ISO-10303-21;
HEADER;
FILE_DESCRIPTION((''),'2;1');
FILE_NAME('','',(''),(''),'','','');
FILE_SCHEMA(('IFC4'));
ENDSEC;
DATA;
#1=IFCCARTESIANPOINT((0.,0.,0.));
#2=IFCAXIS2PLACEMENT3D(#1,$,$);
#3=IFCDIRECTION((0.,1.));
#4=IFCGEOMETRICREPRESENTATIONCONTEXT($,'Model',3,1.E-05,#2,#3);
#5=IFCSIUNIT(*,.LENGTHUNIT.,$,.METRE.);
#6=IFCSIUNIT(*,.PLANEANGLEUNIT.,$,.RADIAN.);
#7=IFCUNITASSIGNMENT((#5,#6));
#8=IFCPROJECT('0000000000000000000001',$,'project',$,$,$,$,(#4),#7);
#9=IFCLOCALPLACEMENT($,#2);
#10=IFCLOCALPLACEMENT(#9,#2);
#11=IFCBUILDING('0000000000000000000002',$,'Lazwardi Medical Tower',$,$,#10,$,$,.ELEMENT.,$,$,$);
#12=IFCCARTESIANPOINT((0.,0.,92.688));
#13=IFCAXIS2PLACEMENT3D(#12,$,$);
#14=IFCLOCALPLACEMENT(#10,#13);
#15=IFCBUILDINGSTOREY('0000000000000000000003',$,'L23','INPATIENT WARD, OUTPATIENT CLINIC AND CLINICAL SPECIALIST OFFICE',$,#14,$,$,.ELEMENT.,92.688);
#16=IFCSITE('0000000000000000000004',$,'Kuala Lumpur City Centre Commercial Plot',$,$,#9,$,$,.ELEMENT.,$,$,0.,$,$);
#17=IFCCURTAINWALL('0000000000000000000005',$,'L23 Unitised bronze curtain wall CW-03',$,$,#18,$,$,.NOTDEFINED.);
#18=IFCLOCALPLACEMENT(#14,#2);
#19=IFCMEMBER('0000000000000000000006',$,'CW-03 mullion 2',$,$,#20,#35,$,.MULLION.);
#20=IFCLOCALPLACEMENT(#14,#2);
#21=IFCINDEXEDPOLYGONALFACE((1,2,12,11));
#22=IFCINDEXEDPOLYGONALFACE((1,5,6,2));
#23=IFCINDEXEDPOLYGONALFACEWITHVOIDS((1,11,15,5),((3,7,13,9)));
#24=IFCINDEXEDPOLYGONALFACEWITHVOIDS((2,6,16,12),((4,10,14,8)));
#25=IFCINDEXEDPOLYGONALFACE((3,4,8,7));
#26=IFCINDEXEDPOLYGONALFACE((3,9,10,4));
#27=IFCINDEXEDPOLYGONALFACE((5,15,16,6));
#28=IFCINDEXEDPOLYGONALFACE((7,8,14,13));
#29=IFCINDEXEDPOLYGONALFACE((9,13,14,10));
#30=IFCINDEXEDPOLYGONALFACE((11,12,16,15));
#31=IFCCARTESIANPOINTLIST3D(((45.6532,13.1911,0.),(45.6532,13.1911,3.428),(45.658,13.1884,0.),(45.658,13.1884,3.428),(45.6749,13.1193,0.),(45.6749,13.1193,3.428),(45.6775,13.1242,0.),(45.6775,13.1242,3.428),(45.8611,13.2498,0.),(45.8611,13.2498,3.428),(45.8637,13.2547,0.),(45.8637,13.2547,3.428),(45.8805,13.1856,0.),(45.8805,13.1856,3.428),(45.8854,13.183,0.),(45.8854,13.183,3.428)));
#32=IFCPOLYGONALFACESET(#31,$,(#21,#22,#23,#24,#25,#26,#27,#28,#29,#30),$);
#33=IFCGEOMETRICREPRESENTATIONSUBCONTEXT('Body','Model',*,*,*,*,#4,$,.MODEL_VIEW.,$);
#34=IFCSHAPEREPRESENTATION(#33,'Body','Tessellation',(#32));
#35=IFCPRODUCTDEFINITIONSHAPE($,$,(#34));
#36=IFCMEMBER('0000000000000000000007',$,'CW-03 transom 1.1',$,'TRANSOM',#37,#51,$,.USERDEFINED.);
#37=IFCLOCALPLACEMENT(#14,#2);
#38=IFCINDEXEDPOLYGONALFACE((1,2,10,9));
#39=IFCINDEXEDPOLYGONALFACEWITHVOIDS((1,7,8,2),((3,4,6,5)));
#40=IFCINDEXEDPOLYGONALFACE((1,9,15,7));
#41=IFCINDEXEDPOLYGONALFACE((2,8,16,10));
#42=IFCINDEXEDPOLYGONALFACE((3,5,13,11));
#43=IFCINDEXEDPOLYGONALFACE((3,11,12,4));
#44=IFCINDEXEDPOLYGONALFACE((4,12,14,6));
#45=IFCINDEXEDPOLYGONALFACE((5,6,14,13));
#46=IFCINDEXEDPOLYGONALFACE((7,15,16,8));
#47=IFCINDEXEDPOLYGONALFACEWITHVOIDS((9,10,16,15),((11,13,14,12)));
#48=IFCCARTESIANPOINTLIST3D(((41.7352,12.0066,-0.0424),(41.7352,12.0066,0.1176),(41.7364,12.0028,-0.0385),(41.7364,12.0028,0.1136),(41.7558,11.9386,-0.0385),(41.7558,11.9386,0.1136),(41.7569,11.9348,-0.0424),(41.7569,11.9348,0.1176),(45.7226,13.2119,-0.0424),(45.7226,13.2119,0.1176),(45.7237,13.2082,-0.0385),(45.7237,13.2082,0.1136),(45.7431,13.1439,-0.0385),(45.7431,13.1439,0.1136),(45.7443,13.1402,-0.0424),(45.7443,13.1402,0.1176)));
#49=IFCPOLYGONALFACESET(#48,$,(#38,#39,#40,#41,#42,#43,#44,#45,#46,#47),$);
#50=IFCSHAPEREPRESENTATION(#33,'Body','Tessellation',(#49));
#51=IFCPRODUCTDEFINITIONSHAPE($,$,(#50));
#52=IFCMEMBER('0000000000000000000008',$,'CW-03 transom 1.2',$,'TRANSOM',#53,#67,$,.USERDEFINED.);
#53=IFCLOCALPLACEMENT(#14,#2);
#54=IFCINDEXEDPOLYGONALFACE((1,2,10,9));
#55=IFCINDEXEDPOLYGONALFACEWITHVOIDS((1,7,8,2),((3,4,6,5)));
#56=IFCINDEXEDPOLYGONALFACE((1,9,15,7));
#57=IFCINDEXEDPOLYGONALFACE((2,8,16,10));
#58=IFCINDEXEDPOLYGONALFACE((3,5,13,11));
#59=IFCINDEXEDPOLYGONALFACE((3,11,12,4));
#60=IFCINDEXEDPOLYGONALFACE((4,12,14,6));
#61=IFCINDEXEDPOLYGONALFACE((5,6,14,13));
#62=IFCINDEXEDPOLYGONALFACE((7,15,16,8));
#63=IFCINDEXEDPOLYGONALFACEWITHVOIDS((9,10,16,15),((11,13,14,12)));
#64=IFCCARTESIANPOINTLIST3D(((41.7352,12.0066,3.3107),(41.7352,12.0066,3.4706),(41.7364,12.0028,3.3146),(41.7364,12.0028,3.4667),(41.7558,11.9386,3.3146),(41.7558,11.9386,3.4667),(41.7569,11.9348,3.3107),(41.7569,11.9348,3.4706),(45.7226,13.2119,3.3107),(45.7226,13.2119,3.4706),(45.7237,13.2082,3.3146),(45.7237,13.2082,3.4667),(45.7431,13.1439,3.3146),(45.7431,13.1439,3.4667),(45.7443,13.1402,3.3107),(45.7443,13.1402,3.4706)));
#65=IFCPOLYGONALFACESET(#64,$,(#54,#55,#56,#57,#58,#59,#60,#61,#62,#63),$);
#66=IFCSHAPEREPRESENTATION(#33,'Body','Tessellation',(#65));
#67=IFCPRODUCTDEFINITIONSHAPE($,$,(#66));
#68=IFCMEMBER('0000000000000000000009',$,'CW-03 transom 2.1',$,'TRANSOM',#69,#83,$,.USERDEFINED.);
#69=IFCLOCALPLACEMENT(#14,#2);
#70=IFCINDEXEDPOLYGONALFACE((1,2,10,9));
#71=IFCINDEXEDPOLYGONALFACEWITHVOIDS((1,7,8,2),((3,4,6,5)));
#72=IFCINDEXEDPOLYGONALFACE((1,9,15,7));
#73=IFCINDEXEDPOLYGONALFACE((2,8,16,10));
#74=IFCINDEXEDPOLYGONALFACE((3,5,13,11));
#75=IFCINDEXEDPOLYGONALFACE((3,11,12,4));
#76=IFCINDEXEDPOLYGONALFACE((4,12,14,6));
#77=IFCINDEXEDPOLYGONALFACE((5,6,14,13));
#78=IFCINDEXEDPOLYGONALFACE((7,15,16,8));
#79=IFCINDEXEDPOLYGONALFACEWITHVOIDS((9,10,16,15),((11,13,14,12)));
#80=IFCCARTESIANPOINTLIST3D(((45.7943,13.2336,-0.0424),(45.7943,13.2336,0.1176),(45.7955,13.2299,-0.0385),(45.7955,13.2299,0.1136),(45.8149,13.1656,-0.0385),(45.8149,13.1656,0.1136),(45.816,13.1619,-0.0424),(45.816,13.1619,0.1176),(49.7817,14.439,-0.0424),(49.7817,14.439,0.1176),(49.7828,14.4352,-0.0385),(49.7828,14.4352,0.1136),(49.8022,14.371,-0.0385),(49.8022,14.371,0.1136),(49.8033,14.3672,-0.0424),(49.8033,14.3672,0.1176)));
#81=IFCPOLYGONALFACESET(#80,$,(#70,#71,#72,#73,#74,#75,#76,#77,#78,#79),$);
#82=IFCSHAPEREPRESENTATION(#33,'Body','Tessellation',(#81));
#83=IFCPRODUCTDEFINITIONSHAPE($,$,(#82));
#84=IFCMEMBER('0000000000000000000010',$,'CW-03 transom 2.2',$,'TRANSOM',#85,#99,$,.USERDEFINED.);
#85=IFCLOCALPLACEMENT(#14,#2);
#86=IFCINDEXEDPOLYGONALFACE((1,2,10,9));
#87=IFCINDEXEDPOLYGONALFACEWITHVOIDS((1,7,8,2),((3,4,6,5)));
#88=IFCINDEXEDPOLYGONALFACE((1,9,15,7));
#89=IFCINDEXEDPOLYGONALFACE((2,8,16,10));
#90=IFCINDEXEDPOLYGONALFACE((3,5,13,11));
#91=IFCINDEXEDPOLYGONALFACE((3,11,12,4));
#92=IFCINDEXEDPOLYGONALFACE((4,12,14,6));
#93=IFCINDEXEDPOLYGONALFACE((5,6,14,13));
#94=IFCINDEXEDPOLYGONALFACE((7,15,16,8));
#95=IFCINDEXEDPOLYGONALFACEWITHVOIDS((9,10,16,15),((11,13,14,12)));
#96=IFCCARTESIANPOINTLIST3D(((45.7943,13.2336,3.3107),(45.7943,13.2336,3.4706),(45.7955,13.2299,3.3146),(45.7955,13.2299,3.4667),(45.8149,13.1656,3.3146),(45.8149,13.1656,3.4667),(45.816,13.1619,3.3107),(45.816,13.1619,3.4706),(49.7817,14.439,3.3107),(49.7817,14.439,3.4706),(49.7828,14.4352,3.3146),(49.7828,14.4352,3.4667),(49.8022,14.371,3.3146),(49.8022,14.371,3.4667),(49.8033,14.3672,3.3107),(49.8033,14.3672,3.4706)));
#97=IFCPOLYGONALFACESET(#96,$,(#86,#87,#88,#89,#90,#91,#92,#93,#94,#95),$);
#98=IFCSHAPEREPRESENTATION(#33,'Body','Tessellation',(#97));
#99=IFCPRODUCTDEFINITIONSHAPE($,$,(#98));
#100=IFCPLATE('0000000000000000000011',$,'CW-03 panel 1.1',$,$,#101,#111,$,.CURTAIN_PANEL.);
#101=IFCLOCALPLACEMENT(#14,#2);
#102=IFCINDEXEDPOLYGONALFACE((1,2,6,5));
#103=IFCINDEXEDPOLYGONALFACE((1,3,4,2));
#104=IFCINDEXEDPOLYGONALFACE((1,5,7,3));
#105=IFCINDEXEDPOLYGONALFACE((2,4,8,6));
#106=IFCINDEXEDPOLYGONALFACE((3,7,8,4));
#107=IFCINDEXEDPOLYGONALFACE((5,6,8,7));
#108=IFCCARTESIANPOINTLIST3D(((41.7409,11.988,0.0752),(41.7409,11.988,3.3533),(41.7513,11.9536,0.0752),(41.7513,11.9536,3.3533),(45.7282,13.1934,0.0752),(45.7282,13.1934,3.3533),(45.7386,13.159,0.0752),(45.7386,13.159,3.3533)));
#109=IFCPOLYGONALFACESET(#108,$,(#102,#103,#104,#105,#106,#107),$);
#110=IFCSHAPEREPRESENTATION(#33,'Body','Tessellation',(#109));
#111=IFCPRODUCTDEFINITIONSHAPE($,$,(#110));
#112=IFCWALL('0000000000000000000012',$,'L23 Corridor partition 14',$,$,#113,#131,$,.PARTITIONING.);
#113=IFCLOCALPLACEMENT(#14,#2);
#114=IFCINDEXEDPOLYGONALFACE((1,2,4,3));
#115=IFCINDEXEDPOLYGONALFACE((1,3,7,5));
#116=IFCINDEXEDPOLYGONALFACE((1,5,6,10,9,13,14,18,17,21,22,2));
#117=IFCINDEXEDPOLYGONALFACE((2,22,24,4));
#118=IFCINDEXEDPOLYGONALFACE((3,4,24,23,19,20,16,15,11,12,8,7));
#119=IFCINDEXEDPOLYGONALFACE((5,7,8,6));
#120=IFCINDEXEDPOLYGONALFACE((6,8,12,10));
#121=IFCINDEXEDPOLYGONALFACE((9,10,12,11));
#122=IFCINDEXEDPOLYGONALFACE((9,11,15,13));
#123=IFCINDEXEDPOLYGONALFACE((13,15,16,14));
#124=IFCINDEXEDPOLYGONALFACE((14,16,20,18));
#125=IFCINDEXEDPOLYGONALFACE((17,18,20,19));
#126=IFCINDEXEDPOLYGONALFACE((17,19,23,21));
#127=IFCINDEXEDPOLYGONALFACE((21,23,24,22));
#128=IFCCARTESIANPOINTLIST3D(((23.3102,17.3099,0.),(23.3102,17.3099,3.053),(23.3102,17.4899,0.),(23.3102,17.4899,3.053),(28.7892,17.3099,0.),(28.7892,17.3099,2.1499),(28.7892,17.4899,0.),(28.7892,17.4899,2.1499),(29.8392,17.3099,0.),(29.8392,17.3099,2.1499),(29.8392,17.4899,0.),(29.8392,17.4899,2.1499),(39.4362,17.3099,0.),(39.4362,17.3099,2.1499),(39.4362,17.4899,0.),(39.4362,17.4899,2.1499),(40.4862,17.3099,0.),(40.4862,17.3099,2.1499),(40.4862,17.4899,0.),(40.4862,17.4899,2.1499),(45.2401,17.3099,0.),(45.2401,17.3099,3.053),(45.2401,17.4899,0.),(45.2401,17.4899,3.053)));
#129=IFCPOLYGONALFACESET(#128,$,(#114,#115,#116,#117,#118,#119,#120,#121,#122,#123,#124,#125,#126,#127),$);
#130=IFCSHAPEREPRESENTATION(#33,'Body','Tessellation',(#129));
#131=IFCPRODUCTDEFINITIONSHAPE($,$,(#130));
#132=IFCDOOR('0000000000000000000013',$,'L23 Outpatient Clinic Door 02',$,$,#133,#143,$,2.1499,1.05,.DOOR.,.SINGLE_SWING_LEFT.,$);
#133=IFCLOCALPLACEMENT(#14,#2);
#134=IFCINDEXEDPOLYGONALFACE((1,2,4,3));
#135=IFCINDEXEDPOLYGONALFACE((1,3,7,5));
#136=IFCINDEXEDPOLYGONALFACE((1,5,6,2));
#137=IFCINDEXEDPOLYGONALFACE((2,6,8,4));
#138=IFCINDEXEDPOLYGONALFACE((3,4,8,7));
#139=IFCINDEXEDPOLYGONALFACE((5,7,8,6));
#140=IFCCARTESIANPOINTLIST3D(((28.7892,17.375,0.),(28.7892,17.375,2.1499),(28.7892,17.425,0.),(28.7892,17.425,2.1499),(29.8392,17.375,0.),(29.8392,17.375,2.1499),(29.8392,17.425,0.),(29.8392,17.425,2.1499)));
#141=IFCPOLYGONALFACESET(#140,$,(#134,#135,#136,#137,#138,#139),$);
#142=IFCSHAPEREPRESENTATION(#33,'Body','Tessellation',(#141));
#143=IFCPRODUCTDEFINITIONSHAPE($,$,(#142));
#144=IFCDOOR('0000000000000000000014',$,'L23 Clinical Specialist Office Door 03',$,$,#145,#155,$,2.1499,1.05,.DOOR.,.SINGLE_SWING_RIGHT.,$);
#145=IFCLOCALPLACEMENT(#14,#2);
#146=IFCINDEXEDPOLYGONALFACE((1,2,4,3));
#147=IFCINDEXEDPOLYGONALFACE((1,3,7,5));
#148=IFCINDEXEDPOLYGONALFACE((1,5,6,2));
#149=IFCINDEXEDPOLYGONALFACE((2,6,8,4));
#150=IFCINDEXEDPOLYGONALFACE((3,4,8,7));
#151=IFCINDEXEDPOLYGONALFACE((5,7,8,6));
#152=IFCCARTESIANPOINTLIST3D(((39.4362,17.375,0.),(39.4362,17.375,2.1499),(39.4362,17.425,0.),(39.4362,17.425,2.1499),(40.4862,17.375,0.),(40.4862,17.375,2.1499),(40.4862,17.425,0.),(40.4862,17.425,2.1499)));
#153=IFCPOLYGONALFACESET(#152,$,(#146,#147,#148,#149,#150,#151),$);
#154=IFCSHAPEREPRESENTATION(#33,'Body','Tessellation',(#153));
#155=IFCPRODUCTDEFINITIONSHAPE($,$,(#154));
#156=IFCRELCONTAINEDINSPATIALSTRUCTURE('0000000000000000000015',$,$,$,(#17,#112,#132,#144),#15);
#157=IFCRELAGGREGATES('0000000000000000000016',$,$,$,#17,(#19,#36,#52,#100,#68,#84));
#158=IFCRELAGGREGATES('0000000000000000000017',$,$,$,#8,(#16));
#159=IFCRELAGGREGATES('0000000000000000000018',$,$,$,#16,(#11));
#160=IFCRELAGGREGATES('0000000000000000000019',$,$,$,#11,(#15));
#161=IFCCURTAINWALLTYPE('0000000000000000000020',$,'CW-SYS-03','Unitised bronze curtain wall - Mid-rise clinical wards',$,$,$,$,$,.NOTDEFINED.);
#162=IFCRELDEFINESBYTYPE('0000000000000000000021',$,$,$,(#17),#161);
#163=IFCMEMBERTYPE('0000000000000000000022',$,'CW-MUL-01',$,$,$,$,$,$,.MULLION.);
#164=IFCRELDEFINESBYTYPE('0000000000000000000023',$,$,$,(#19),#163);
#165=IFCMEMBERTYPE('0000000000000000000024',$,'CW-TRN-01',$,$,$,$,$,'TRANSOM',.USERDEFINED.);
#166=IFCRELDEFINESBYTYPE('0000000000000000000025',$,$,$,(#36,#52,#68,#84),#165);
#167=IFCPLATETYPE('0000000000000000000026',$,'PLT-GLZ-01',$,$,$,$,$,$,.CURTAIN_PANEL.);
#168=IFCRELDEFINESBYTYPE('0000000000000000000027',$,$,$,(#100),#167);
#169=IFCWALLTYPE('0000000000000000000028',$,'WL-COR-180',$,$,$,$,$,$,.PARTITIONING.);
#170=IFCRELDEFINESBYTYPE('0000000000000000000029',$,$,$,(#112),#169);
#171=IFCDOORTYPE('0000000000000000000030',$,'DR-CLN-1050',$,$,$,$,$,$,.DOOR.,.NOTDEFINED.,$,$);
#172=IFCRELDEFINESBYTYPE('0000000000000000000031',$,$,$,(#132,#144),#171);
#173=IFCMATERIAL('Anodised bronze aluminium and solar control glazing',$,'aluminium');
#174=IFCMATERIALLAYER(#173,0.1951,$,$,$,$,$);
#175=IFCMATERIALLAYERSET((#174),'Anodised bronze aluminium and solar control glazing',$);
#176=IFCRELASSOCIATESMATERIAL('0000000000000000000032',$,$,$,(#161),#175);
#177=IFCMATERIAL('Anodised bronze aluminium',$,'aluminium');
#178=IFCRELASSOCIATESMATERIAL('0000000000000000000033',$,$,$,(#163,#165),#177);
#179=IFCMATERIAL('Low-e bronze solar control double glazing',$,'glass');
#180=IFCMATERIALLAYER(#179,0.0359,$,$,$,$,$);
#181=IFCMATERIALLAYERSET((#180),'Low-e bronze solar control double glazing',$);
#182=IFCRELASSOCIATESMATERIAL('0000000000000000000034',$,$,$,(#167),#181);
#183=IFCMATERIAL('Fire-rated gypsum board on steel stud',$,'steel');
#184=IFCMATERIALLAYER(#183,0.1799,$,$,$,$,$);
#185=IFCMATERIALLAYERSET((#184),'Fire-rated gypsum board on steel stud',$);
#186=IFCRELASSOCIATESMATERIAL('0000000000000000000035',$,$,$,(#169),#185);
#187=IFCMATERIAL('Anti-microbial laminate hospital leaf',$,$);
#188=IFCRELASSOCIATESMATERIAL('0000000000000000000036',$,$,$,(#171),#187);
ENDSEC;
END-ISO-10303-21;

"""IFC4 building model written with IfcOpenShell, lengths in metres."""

from ifc_helpers import new_model, si_unit, direction, frame, frame_2d, origin, origin_2d, place, context, subcontext, project, spatial, rectangle, hollow_rectangle, extrude, material, layer, layer_set, material_profile, profile_set, type_object, element, fill, aggregate, save


model = new_model("IFC4")

# Units and contexts
model_context = context("Model", 3, precision=1e-05, world=origin(), true_north=direction((0.0, 1.0)))
body_context = subcontext(model_context, "Body", "Model", "MODEL_VIEW")
ifc_project = project(units=[si_unit("LENGTHUNIT", "METRE"), si_unit("PLANEANGLEUNIT", "RADIAN")], contexts=[model_context])

# Site, building, storey
site_placement = place(None, origin())
site = spatial("IfcSite", under=ifc_project, at=site_placement, Name="Kuala Lumpur City Centre Commercial Plot", CompositionType="ELEMENT", RefElevation=0.0)
building_placement = place(site_placement, origin())
building = spatial("IfcBuilding", under=site, at=building_placement, Name="Lazwardi Medical Tower", CompositionType="ELEMENT")
storey_placement = place(building_placement, frame((0.0, 0.0, 92.688)))
storey = spatial("IfcBuildingStorey", under=building, at=storey_placement, Name="L23", Description="INPATIENT WARD, OUTPATIENT CLINIC AND CLINICAL SPECIALIST OFFICE", CompositionType="ELEMENT", Elevation=92.688)

# Curtain wall, members, plate
ifc_material_1 = material(Name="Anodised bronze aluminium and solar control glazing", Category="aluminium")
ifc_layer_1 = layer(ifc_material_1, 0.1951)
ifc_layer_set_1 = layer_set([ifc_layer_1], Name="Anodised bronze aluminium and solar control glazing")
curtain_wall_type = type_object("IfcCurtainWallType", Name="CW-SYS-03", Description="Unitised bronze curtain wall - Mid-rise clinical wards", PredefinedType="NOTDEFINED", material=ifc_layer_set_1)
curtain_wall_placement = place(storey_placement, origin())
curtain_wall = element("IfcCurtainWall", 1, at=curtain_wall_placement, inside=storey, type_object=curtain_wall_type, Name="L23 Unitised bronze curtain wall CW-03", PredefinedType="NOTDEFINED")
ifc_material_2 = material(Name="Anodised bronze aluminium", Category="aluminium")
ifc_material_profile_1 = material_profile(ifc_material_2, hollow_rectangle(XDim=0.075, YDim=0.22, WallThickness=0.0039, at=origin_2d()), Name="ALU-MULLION 220x75x4")
ifc_profile_set_1 = profile_set([ifc_material_profile_1], Name="Anodised bronze aluminium")
member_type_1 = type_object("IfcMemberType", Name="CW-MUL-01", PredefinedType="MULLION", material=ifc_profile_set_1)
member_1_placement = place(storey_placement, frame((45.7693, 13.187, 0.0), z_axis=(0.0, 0.0, 1.0), x_axis=(-0.289374, 0.957216, 0.0)))
member_1 = element("IfcMember", 2, at=member_1_placement, type_object=member_type_1, Name="CW-03 mullion 2", PredefinedType="MULLION", context=body_context, shape_type="SweptSolid", body=[
    extrude(hollow_rectangle(XDim=0.075, YDim=0.22, WallThickness=0.0039, at=origin_2d()), origin(), (0.0, 0.0, 1.0), 3.428),
])
ifc_material_profile_2 = material_profile(ifc_material_2, hollow_rectangle(XDim=0.075, YDim=0.1599, WallThickness=0.0039, at=origin_2d()), Name="ALU-TRANSOM 160x75x4")
ifc_profile_set_2 = profile_set([ifc_material_profile_2], Name="Anodised bronze aluminium")
member_type_2 = type_object("IfcMemberType", Name="CW-TRN-01", ElementType="TRANSOM", PredefinedType="USERDEFINED", material=ifc_profile_set_2)
member_2_placement = place(storey_placement, frame((41.7461, 11.9707, 0.0376), z_axis=(0.957221, 0.289358, 0.0), x_axis=(-0.289358, 0.957221, 0.0)))
member_2 = element("IfcMember", 3, at=member_2_placement, type_object=member_type_2, Name="CW-03 transom 1.1", ObjectType="TRANSOM", PredefinedType="USERDEFINED", context=body_context, shape_type="SweptSolid", body=[
    extrude(hollow_rectangle(XDim=0.075, YDim=0.1599, WallThickness=0.0039, at=origin_2d()), origin(), (0.0, 0.0, 1.0), 4.1655),
])
member_3_placement = place(storey_placement, frame((41.7461, 11.9707, 3.3906), z_axis=(0.957221, 0.289358, 0.0), x_axis=(-0.289358, 0.957221, 0.0)))
member_3 = element("IfcMember", 4, at=member_3_placement, type_object=member_type_2, Name="CW-03 transom 1.2", ObjectType="TRANSOM", PredefinedType="USERDEFINED", context=body_context, shape_type="SweptSolid", body=[
    extrude(hollow_rectangle(XDim=0.075, YDim=0.1599, WallThickness=0.0039, at=origin_2d()), origin(), (0.0, 0.0, 1.0), 4.1655),
])
member_4_placement = place(storey_placement, frame((45.8052, 13.1978, 0.0376), z_axis=(0.957221, 0.289358, 0.0), x_axis=(-0.289358, 0.957221, 0.0)))
member_4 = element("IfcMember", 5, at=member_4_placement, type_object=member_type_2, Name="CW-03 transom 2.1", ObjectType="TRANSOM", PredefinedType="USERDEFINED", context=body_context, shape_type="SweptSolid", body=[
    extrude(hollow_rectangle(XDim=0.075, YDim=0.1599, WallThickness=0.0039, at=origin_2d()), origin(), (0.0, 0.0, 1.0), 4.1655),
])
member_5_placement = place(storey_placement, frame((45.8052, 13.1978, 3.3906), z_axis=(0.957221, 0.289358, 0.0), x_axis=(-0.289358, 0.957221, 0.0)))
member_5 = element("IfcMember", 6, at=member_5_placement, type_object=member_type_2, Name="CW-03 transom 2.2", ObjectType="TRANSOM", PredefinedType="USERDEFINED", context=body_context, shape_type="SweptSolid", body=[
    extrude(hollow_rectangle(XDim=0.075, YDim=0.1599, WallThickness=0.0039, at=origin_2d()), origin(), (0.0, 0.0, 1.0), 4.1655),
])
ifc_material_3 = material(Name="Low-e bronze solar control double glazing", Category="glass")
ifc_layer_2 = layer(ifc_material_3, 0.0359)
ifc_layer_set_2 = layer_set([ifc_layer_2], Name="Low-e bronze solar control double glazing")
plate_type = type_object("IfcPlateType", Name="PLT-GLZ-01", PredefinedType="CURTAIN_PANEL", material=ifc_layer_set_2)
plate_placement = place(storey_placement, frame((43.7397, 12.5735, 0.0752), z_axis=(0.0, 0.0, 1.0), x_axis=(0.957216, 0.289374, 0.0)))
plate = element("IfcPlate", 7, at=plate_placement, type_object=plate_type, Name="CW-03 panel 1.1", PredefinedType="CURTAIN_PANEL", context=body_context, shape_type="SweptSolid", body=[
    extrude(rectangle(XDim=4.1655, YDim=0.0359, at=origin_2d()), origin(), (0.0, 0.0, 1.0), 3.2781),
])
aggregate(curtain_wall, [member_1, member_2, member_3, plate, member_4, member_5])

# Wall, openings, doors
ifc_material_4 = material(Name="Fire-rated gypsum board on steel stud", Category="steel")
ifc_layer_3 = layer(ifc_material_4, 0.1799)
ifc_layer_set_3 = layer_set([ifc_layer_3], Name="Fire-rated gypsum board on steel stud")
wall_type_1 = type_object("IfcWallType", Name="WL-COR-180", PredefinedType="PARTITIONING", material=ifc_layer_set_3)
wall_1_placement = place(storey_placement, frame((45.24, 17.3999, 0.0), z_axis=(0.0, 0.0, 1.0), x_axis=(-1.0, 0.0, 0.0)))
wall_1 = element("IfcWall", 8, at=wall_1_placement, inside=storey, type_object=wall_type_1, Name="L23 Corridor partition 14", PredefinedType="PARTITIONING", context=body_context, shape_type="SweptSolid", body=[
    extrude(rectangle(XDim=21.9299, YDim=0.1799, at=frame_2d((10.9648, 0.0))), origin(), (0.0, 0.0, 1.0), 3.053),
])
opening_1_placement = place(wall_1_placement, frame((15.4009, 0.0, 0.0)))
opening_1 = element("IfcOpeningElement", 9, at=opening_1_placement, cuts=wall_1, PredefinedType="OPENING", context=body_context, shape_type="SweptSolid", body=[
    extrude(rectangle(XDim=1.05, YDim=2.1499, at=frame_2d((0.5249, 1.075))), frame((0.0, 0.0999, 0.0), z_axis=(0.0, -1.0, 0.0), x_axis=(1.0, 0.0, 0.0)), (0.0, 0.0, 1.0), 0.2),
])
opening_2_placement = place(wall_1_placement, frame((4.7539, 0.0, 0.0)))
opening_2 = element("IfcOpeningElement", 10, at=opening_2_placement, cuts=wall_1, PredefinedType="OPENING", context=body_context, shape_type="SweptSolid", body=[
    extrude(rectangle(XDim=1.05, YDim=2.1499, at=frame_2d((0.5249, 1.075))), frame((0.0, 0.0999, 0.0), z_axis=(0.0, -1.0, 0.0), x_axis=(1.0, 0.0, 0.0)), (0.0, 0.0, 1.0), 0.2),
])
ifc_material_5 = material(Name="Anti-microbial laminate hospital leaf")
door_type = type_object("IfcDoorType", Name="DR-CLN-1050", OperationType="NOTDEFINED", PredefinedType="DOOR", material=ifc_material_5)
door_1_placement = place(opening_1_placement, origin())
door_1 = element("IfcDoor", 11, at=door_1_placement, inside=storey, type_object=door_type, Name="L23 Outpatient Clinic Door 02", OperationType="SINGLE_SWING_LEFT", OverallHeight=2.1499, OverallWidth=1.05, PredefinedType="DOOR", context=body_context, shape_type="SweptSolid", body=[
    extrude(rectangle(XDim=1.05, YDim=2.1499, at=frame_2d((0.5249, 1.075))), frame((0.0, 0.0249, 0.0), z_axis=(0.0, -1.0, 0.0), x_axis=(1.0, 0.0, 0.0)), (0.0, 0.0, 1.0), 0.05),
])
fill(opening_1, door_1)
door_2_placement = place(opening_2_placement, origin())
door_2 = element("IfcDoor", 12, at=door_2_placement, inside=storey, type_object=door_type, Name="L23 Clinical Specialist Office Door 03", OperationType="SINGLE_SWING_RIGHT", OverallHeight=2.1499, OverallWidth=1.05, PredefinedType="DOOR", context=body_context, shape_type="SweptSolid", body=[
    extrude(rectangle(XDim=1.05, YDim=2.1499, at=frame_2d((0.5249, 1.075))), frame((0.0, 0.0249, 0.0), z_axis=(0.0, -1.0, 0.0), x_axis=(1.0, 0.0, 0.0)), (0.0, 0.0, 1.0), 0.05),
])
fill(opening_2, door_2)

save(model, "model.ifc")
